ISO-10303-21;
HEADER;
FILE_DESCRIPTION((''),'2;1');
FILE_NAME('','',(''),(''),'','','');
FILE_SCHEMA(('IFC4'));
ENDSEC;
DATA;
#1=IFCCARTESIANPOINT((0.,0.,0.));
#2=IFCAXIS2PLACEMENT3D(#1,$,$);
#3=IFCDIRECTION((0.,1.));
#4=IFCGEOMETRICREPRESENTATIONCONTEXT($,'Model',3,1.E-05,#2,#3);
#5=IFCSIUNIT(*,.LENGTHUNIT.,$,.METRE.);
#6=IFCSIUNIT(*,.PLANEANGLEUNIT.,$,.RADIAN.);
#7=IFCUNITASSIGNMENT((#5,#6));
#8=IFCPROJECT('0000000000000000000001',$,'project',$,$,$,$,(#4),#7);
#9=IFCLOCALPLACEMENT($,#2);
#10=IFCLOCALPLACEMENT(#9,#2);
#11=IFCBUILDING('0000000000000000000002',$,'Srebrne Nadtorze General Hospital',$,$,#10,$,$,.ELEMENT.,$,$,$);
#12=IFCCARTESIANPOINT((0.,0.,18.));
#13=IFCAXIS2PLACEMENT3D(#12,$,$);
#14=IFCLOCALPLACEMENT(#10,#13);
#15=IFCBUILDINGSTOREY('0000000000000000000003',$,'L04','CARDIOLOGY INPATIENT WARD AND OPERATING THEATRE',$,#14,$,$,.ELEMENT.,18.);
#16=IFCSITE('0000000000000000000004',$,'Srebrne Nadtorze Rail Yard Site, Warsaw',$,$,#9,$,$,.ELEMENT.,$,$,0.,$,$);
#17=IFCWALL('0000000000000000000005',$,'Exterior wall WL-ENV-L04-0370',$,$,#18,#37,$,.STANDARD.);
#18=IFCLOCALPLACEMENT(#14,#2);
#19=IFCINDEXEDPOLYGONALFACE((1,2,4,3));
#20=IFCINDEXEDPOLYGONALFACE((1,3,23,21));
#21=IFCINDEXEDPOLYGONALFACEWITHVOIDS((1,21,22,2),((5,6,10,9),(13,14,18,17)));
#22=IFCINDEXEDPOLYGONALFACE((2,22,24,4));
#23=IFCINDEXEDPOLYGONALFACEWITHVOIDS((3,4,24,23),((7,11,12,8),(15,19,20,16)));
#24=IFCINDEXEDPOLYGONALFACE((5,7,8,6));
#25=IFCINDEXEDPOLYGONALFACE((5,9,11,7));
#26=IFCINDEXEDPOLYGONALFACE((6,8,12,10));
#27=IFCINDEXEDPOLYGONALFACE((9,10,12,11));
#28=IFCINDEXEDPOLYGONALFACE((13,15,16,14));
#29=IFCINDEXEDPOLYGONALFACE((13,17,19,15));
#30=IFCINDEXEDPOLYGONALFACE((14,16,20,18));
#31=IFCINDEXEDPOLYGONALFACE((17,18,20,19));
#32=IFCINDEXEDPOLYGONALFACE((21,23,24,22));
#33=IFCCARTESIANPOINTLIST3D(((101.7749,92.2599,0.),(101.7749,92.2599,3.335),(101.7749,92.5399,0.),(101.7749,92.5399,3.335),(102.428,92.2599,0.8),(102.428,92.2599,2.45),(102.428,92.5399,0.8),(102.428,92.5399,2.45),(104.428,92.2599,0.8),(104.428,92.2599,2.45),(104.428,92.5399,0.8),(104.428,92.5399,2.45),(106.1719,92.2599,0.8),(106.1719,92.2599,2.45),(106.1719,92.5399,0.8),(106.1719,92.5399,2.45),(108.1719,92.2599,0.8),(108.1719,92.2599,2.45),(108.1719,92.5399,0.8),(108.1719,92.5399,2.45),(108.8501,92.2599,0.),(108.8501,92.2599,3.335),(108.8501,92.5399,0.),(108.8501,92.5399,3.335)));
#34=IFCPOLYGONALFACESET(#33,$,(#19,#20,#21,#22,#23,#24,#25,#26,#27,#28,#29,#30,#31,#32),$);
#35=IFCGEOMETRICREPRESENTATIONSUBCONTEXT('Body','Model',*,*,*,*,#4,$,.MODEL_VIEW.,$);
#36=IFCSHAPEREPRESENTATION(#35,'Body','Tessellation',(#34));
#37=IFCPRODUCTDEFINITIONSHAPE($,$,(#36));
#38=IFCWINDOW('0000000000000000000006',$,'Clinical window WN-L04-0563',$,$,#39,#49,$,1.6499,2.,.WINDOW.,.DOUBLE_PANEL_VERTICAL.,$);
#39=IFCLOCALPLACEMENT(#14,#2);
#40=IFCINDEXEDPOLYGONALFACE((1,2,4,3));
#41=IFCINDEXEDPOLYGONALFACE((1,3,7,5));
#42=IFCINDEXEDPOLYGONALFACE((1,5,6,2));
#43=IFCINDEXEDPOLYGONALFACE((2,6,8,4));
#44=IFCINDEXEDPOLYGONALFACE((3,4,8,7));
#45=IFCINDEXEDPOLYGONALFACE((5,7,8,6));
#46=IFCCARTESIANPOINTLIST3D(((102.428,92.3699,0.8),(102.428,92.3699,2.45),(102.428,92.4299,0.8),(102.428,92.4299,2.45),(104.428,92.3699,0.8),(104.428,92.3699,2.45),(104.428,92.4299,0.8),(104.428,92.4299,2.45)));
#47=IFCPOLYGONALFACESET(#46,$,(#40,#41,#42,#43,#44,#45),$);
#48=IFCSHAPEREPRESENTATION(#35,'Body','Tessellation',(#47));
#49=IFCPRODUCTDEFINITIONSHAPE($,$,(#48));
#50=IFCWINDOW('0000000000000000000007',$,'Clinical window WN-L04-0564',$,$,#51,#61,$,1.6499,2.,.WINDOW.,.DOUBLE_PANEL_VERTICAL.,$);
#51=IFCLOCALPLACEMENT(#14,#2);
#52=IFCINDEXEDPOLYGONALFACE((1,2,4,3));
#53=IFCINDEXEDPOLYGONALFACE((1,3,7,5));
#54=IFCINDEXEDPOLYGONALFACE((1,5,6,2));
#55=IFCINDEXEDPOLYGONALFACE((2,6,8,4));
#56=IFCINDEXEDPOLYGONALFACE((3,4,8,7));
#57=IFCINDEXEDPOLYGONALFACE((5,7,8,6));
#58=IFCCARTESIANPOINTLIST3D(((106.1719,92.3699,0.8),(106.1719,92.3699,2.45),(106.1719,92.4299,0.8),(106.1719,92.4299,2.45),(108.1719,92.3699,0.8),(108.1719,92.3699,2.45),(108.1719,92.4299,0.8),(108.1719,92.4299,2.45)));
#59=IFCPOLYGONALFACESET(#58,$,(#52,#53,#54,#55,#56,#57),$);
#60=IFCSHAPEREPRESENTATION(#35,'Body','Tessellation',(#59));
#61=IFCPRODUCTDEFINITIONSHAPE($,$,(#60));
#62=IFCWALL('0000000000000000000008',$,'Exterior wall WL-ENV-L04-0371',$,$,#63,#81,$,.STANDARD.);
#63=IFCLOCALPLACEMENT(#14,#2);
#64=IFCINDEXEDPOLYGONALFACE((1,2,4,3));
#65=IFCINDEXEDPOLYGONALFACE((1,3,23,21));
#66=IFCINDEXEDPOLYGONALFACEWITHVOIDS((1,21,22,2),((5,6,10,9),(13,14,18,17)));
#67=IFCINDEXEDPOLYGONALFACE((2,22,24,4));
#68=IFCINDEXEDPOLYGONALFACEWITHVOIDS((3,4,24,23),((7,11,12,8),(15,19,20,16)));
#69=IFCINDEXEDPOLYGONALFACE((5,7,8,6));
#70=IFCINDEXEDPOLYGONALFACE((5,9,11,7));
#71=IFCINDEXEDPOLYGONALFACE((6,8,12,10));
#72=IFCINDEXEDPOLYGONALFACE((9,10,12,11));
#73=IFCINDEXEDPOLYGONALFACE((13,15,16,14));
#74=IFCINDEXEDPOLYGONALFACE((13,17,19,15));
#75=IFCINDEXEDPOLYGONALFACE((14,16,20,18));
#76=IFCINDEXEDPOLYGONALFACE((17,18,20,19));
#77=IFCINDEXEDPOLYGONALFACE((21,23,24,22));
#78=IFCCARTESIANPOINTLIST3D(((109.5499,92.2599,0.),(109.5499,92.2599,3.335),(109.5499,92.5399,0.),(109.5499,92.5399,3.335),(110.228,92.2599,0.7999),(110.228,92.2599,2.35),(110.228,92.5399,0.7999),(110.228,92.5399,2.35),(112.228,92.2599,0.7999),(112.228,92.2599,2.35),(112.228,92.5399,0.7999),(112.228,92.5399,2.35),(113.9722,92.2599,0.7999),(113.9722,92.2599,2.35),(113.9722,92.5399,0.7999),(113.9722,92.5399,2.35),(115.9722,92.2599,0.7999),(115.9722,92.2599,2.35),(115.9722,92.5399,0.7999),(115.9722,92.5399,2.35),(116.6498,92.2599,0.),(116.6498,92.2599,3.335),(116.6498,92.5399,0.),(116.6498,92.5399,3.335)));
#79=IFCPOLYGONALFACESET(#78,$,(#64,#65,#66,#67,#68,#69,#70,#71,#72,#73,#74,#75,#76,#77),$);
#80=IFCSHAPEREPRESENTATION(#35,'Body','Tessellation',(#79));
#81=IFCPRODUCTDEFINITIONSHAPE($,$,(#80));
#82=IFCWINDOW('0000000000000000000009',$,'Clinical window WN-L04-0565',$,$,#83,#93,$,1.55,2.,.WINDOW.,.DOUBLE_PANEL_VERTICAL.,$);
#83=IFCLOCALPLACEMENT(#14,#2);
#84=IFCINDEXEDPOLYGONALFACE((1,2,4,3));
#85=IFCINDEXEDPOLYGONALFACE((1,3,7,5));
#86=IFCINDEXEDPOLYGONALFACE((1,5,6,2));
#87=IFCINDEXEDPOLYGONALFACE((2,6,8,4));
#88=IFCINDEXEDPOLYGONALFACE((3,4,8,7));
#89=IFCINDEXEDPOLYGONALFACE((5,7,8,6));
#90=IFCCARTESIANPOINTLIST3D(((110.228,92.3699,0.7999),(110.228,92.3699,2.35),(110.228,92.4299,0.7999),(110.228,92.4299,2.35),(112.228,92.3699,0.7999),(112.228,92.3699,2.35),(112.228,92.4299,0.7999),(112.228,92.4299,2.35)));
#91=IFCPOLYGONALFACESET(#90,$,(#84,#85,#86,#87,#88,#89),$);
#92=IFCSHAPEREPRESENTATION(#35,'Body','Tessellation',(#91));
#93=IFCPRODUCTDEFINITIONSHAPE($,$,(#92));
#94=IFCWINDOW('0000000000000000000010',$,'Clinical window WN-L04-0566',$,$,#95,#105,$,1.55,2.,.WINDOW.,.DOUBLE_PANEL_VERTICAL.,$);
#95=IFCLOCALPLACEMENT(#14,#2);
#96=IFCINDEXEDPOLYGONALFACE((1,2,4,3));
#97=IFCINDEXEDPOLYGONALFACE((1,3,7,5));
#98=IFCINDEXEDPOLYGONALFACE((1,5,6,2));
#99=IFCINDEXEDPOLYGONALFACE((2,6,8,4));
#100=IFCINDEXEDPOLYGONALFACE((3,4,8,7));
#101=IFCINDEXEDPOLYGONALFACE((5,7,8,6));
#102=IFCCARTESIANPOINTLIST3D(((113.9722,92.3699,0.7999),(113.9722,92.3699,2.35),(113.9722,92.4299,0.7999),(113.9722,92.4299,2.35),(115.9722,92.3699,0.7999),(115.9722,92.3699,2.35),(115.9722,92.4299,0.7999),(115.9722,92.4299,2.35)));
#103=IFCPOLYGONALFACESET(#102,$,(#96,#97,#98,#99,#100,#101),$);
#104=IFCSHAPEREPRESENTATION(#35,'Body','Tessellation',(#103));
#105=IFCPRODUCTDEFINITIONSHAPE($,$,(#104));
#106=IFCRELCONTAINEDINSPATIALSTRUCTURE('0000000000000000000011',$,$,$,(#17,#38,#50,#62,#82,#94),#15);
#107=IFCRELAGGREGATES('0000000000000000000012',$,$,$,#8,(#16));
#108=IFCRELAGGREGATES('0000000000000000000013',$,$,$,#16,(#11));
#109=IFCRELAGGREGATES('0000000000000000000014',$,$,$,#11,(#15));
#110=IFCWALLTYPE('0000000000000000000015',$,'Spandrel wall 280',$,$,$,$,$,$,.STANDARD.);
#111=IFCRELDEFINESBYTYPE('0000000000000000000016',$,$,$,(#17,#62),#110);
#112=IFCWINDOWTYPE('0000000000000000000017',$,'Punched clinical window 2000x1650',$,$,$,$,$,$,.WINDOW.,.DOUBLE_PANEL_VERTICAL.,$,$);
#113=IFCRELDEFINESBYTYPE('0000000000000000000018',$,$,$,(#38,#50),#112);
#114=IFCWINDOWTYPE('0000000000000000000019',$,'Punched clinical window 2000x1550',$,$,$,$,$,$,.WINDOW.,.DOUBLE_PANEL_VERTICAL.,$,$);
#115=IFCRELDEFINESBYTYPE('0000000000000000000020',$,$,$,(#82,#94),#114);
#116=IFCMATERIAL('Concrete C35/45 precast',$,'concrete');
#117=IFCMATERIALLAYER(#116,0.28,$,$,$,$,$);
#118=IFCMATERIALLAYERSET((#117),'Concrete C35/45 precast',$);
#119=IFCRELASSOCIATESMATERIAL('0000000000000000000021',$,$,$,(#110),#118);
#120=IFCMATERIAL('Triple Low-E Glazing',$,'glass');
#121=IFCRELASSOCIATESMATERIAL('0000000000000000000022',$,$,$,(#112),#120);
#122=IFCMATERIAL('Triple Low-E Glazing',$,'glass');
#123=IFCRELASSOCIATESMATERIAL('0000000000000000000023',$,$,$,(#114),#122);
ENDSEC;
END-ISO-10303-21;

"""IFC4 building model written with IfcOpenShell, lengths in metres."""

from ifc_helpers import new_model, si_unit, direction, frame, frame_2d, origin, place, context, subcontext, project, spatial, rectangle, extrude, material, layer, layer_set, type_object, element, fill, save


model = new_model("IFC4")

# Units and contexts
model_context = context("Model", 3, precision=1e-05, world=origin(), true_north=direction((0.0, 1.0)))
body_context = subcontext(model_context, "Body", "Model", "MODEL_VIEW")
ifc_project = project(units=[si_unit("LENGTHUNIT", "METRE"), si_unit("PLANEANGLEUNIT", "RADIAN")], contexts=[model_context])

# Site, building, storey
site_placement = place(None, origin())
site = spatial("IfcSite", under=ifc_project, at=site_placement, Name="Srebrne Nadtorze Rail Yard Site, Warsaw", CompositionType="ELEMENT", RefElevation=0.0)
building_placement = place(site_placement, origin())
building = spatial("IfcBuilding", under=site, at=building_placement, Name="Srebrne Nadtorze General Hospital", CompositionType="ELEMENT")
storey_placement = place(building_placement, frame((0.0, 0.0, 18.0)))
storey = spatial("IfcBuildingStorey", under=building, at=storey_placement, Name="L04", Description="CARDIOLOGY INPATIENT WARD AND OPERATING THEATRE", CompositionType="ELEMENT", Elevation=18.0)

# Walls, openings, windows
ifc_material_1 = material(Name="Concrete C35/45 precast", Category="concrete")
ifc_layer_1 = layer(ifc_material_1, 0.28)
ifc_layer_set_1 = layer_set([ifc_layer_1], Name="Concrete C35/45 precast")
wall_type_1 = type_object("IfcWallType", Name="Spandrel wall 280", PredefinedType="STANDARD", material=ifc_layer_set_1)
wall_1_placement = place(storey_placement, frame((101.7749, 92.3999, 0.0), z_axis=(0.0, 0.0, 1.0), x_axis=(1.0, 0.0, 0.0)))
wall_1 = element("IfcWall", 1, at=wall_1_placement, inside=storey, type_object=wall_type_1, Name="Exterior wall WL-ENV-L04-0370", PredefinedType="STANDARD", context=body_context, shape_type="SweptSolid", body=[
    extrude(rectangle(XDim=7.0752, YDim=0.28, at=frame_2d((3.5376, 0.0))), origin(), (0.0, 0.0, 1.0), 3.335),
])
opening_1_placement = place(wall_1_placement, frame((0.6531, 0.0, 0.8)))
opening_1 = element("IfcOpeningElement", 2, at=opening_1_placement, cuts=wall_1, PredefinedType="OPENING", context=body_context, shape_type="SweptSolid", body=[
    extrude(rectangle(XDim=2.0, YDim=1.6499, at=frame_2d((1.0, 0.825))), frame((0.0, 0.1519, 0.0), z_axis=(0.0, -1.0, 0.0), x_axis=(1.0, 0.0, 0.0)), (0.0, 0.0, 1.0), 0.304),
])
opening_2_placement = place(wall_1_placement, frame((4.397, 0.0, 0.8)))
opening_2 = element("IfcOpeningElement", 3, at=opening_2_placement, cuts=wall_1, PredefinedType="OPENING", context=body_context, shape_type="SweptSolid", body=[
    extrude(rectangle(XDim=2.0, YDim=1.6499, at=frame_2d((1.0, 0.825))), frame((0.0, 0.1519, 0.0), z_axis=(0.0, -1.0, 0.0), x_axis=(1.0, 0.0, 0.0)), (0.0, 0.0, 1.0), 0.304),
])
ifc_material_2 = material(Name="Triple Low-E Glazing", Category="glass")
window_type_1 = type_object("IfcWindowType", Name="Punched clinical window 2000x1650", PartitioningType="DOUBLE_PANEL_VERTICAL", PredefinedType="WINDOW", material=ifc_material_2)
window_1_placement = place(opening_1_placement, origin())
window_1 = element("IfcWindow", 4, at=window_1_placement, inside=storey, type_object=window_type_1, Name="Clinical window WN-L04-0563", OverallHeight=1.6499, OverallWidth=2.0, PartitioningType="DOUBLE_PANEL_VERTICAL", PredefinedType="WINDOW", context=body_context, shape_type="SweptSolid", body=[
    extrude(rectangle(XDim=2.0, YDim=1.6499, at=frame_2d((1.0, 0.825))), frame((0.0, 0.03, 0.0), z_axis=(0.0, -1.0, 0.0), x_axis=(1.0, 0.0, 0.0)), (0.0, 0.0, 1.0), 0.0601),
])
fill(opening_1, window_1)
window_2_placement = place(opening_2_placement, origin())
window_2 = element("IfcWindow", 5, at=window_2_placement, inside=storey, type_object=window_type_1, Name="Clinical window WN-L04-0564", OverallHeight=1.6499, OverallWidth=2.0, PartitioningType="DOUBLE_PANEL_VERTICAL", PredefinedType="WINDOW", context=body_context, shape_type="SweptSolid", body=[
    extrude(rectangle(XDim=2.0, YDim=1.6499, at=frame_2d((1.0, 0.825))), frame((0.0, 0.03, 0.0), z_axis=(0.0, -1.0, 0.0), x_axis=(1.0, 0.0, 0.0)), (0.0, 0.0, 1.0), 0.0601),
])
fill(opening_2, window_2)
wall_2_placement = place(storey_placement, frame((109.55, 92.3999, 0.0), z_axis=(0.0, 0.0, 1.0), x_axis=(1.0, 0.0, 0.0)))
wall_2 = element("IfcWall", 6, at=wall_2_placement, inside=storey, type_object=wall_type_1, Name="Exterior wall WL-ENV-L04-0371", PredefinedType="STANDARD", context=body_context, shape_type="SweptSolid", body=[
    extrude(rectangle(XDim=7.0999, YDim=0.28, at=frame_2d((3.5498, 0.0))), origin(), (0.0, 0.0, 1.0), 3.335),
])
opening_3_placement = place(wall_2_placement, frame((0.678, 0.0, 0.8)))
opening_3 = element("IfcOpeningElement", 7, at=opening_3_placement, cuts=wall_2, PredefinedType="OPENING", context=body_context, shape_type="SweptSolid", body=[
    extrude(rectangle(XDim=2.0, YDim=1.55, at=frame_2d((1.0, 0.7749))), frame((0.0, 0.1519, 0.0), z_axis=(0.0, -1.0, 0.0), x_axis=(1.0, 0.0, 0.0)), (0.0, 0.0, 1.0), 0.304),
])
opening_4_placement = place(wall_2_placement, frame((4.4221, 0.0, 0.8)))
opening_4 = element("IfcOpeningElement", 8, at=opening_4_placement, cuts=wall_2, PredefinedType="OPENING", context=body_context, shape_type="SweptSolid", body=[
    extrude(rectangle(XDim=2.0, YDim=1.55, at=frame_2d((1.0, 0.7749))), frame((0.0, 0.1519, 0.0), z_axis=(0.0, -1.0, 0.0), x_axis=(1.0, 0.0, 0.0)), (0.0, 0.0, 1.0), 0.304),
])
ifc_material_3 = material(Name="Triple Low-E Glazing", Category="glass")
window_type_2 = type_object("IfcWindowType", Name="Punched clinical window 2000x1550", PartitioningType="DOUBLE_PANEL_VERTICAL", PredefinedType="WINDOW", material=ifc_material_3)
window_3_placement = place(opening_3_placement, origin())
window_3 = element("IfcWindow", 9, at=window_3_placement, inside=storey, type_object=window_type_2, Name="Clinical window WN-L04-0565", OverallHeight=1.55, OverallWidth=2.0, PartitioningType="DOUBLE_PANEL_VERTICAL", PredefinedType="WINDOW", context=body_context, shape_type="SweptSolid", body=[
    extrude(rectangle(XDim=2.0, YDim=1.55, at=frame_2d((1.0, 0.7749))), frame((0.0, 0.03, 0.0), z_axis=(0.0, -1.0, 0.0), x_axis=(1.0, 0.0, 0.0)), (0.0, 0.0, 1.0), 0.0601),
])
fill(opening_3, window_3)
window_4_placement = place(opening_4_placement, origin())
window_4 = element("IfcWindow", 10, at=window_4_placement, inside=storey, type_object=window_type_2, Name="Clinical window WN-L04-0566", OverallHeight=1.55, OverallWidth=2.0, PartitioningType="DOUBLE_PANEL_VERTICAL", PredefinedType="WINDOW", context=body_context, shape_type="SweptSolid", body=[
    extrude(rectangle(XDim=2.0, YDim=1.55, at=frame_2d((1.0, 0.7749))), frame((0.0, 0.03, 0.0), z_axis=(0.0, -1.0, 0.0), x_axis=(1.0, 0.0, 0.0)), (0.0, 0.0, 1.0), 0.0601),
])
fill(opening_4, window_4)

save(model, "model.ifc")
